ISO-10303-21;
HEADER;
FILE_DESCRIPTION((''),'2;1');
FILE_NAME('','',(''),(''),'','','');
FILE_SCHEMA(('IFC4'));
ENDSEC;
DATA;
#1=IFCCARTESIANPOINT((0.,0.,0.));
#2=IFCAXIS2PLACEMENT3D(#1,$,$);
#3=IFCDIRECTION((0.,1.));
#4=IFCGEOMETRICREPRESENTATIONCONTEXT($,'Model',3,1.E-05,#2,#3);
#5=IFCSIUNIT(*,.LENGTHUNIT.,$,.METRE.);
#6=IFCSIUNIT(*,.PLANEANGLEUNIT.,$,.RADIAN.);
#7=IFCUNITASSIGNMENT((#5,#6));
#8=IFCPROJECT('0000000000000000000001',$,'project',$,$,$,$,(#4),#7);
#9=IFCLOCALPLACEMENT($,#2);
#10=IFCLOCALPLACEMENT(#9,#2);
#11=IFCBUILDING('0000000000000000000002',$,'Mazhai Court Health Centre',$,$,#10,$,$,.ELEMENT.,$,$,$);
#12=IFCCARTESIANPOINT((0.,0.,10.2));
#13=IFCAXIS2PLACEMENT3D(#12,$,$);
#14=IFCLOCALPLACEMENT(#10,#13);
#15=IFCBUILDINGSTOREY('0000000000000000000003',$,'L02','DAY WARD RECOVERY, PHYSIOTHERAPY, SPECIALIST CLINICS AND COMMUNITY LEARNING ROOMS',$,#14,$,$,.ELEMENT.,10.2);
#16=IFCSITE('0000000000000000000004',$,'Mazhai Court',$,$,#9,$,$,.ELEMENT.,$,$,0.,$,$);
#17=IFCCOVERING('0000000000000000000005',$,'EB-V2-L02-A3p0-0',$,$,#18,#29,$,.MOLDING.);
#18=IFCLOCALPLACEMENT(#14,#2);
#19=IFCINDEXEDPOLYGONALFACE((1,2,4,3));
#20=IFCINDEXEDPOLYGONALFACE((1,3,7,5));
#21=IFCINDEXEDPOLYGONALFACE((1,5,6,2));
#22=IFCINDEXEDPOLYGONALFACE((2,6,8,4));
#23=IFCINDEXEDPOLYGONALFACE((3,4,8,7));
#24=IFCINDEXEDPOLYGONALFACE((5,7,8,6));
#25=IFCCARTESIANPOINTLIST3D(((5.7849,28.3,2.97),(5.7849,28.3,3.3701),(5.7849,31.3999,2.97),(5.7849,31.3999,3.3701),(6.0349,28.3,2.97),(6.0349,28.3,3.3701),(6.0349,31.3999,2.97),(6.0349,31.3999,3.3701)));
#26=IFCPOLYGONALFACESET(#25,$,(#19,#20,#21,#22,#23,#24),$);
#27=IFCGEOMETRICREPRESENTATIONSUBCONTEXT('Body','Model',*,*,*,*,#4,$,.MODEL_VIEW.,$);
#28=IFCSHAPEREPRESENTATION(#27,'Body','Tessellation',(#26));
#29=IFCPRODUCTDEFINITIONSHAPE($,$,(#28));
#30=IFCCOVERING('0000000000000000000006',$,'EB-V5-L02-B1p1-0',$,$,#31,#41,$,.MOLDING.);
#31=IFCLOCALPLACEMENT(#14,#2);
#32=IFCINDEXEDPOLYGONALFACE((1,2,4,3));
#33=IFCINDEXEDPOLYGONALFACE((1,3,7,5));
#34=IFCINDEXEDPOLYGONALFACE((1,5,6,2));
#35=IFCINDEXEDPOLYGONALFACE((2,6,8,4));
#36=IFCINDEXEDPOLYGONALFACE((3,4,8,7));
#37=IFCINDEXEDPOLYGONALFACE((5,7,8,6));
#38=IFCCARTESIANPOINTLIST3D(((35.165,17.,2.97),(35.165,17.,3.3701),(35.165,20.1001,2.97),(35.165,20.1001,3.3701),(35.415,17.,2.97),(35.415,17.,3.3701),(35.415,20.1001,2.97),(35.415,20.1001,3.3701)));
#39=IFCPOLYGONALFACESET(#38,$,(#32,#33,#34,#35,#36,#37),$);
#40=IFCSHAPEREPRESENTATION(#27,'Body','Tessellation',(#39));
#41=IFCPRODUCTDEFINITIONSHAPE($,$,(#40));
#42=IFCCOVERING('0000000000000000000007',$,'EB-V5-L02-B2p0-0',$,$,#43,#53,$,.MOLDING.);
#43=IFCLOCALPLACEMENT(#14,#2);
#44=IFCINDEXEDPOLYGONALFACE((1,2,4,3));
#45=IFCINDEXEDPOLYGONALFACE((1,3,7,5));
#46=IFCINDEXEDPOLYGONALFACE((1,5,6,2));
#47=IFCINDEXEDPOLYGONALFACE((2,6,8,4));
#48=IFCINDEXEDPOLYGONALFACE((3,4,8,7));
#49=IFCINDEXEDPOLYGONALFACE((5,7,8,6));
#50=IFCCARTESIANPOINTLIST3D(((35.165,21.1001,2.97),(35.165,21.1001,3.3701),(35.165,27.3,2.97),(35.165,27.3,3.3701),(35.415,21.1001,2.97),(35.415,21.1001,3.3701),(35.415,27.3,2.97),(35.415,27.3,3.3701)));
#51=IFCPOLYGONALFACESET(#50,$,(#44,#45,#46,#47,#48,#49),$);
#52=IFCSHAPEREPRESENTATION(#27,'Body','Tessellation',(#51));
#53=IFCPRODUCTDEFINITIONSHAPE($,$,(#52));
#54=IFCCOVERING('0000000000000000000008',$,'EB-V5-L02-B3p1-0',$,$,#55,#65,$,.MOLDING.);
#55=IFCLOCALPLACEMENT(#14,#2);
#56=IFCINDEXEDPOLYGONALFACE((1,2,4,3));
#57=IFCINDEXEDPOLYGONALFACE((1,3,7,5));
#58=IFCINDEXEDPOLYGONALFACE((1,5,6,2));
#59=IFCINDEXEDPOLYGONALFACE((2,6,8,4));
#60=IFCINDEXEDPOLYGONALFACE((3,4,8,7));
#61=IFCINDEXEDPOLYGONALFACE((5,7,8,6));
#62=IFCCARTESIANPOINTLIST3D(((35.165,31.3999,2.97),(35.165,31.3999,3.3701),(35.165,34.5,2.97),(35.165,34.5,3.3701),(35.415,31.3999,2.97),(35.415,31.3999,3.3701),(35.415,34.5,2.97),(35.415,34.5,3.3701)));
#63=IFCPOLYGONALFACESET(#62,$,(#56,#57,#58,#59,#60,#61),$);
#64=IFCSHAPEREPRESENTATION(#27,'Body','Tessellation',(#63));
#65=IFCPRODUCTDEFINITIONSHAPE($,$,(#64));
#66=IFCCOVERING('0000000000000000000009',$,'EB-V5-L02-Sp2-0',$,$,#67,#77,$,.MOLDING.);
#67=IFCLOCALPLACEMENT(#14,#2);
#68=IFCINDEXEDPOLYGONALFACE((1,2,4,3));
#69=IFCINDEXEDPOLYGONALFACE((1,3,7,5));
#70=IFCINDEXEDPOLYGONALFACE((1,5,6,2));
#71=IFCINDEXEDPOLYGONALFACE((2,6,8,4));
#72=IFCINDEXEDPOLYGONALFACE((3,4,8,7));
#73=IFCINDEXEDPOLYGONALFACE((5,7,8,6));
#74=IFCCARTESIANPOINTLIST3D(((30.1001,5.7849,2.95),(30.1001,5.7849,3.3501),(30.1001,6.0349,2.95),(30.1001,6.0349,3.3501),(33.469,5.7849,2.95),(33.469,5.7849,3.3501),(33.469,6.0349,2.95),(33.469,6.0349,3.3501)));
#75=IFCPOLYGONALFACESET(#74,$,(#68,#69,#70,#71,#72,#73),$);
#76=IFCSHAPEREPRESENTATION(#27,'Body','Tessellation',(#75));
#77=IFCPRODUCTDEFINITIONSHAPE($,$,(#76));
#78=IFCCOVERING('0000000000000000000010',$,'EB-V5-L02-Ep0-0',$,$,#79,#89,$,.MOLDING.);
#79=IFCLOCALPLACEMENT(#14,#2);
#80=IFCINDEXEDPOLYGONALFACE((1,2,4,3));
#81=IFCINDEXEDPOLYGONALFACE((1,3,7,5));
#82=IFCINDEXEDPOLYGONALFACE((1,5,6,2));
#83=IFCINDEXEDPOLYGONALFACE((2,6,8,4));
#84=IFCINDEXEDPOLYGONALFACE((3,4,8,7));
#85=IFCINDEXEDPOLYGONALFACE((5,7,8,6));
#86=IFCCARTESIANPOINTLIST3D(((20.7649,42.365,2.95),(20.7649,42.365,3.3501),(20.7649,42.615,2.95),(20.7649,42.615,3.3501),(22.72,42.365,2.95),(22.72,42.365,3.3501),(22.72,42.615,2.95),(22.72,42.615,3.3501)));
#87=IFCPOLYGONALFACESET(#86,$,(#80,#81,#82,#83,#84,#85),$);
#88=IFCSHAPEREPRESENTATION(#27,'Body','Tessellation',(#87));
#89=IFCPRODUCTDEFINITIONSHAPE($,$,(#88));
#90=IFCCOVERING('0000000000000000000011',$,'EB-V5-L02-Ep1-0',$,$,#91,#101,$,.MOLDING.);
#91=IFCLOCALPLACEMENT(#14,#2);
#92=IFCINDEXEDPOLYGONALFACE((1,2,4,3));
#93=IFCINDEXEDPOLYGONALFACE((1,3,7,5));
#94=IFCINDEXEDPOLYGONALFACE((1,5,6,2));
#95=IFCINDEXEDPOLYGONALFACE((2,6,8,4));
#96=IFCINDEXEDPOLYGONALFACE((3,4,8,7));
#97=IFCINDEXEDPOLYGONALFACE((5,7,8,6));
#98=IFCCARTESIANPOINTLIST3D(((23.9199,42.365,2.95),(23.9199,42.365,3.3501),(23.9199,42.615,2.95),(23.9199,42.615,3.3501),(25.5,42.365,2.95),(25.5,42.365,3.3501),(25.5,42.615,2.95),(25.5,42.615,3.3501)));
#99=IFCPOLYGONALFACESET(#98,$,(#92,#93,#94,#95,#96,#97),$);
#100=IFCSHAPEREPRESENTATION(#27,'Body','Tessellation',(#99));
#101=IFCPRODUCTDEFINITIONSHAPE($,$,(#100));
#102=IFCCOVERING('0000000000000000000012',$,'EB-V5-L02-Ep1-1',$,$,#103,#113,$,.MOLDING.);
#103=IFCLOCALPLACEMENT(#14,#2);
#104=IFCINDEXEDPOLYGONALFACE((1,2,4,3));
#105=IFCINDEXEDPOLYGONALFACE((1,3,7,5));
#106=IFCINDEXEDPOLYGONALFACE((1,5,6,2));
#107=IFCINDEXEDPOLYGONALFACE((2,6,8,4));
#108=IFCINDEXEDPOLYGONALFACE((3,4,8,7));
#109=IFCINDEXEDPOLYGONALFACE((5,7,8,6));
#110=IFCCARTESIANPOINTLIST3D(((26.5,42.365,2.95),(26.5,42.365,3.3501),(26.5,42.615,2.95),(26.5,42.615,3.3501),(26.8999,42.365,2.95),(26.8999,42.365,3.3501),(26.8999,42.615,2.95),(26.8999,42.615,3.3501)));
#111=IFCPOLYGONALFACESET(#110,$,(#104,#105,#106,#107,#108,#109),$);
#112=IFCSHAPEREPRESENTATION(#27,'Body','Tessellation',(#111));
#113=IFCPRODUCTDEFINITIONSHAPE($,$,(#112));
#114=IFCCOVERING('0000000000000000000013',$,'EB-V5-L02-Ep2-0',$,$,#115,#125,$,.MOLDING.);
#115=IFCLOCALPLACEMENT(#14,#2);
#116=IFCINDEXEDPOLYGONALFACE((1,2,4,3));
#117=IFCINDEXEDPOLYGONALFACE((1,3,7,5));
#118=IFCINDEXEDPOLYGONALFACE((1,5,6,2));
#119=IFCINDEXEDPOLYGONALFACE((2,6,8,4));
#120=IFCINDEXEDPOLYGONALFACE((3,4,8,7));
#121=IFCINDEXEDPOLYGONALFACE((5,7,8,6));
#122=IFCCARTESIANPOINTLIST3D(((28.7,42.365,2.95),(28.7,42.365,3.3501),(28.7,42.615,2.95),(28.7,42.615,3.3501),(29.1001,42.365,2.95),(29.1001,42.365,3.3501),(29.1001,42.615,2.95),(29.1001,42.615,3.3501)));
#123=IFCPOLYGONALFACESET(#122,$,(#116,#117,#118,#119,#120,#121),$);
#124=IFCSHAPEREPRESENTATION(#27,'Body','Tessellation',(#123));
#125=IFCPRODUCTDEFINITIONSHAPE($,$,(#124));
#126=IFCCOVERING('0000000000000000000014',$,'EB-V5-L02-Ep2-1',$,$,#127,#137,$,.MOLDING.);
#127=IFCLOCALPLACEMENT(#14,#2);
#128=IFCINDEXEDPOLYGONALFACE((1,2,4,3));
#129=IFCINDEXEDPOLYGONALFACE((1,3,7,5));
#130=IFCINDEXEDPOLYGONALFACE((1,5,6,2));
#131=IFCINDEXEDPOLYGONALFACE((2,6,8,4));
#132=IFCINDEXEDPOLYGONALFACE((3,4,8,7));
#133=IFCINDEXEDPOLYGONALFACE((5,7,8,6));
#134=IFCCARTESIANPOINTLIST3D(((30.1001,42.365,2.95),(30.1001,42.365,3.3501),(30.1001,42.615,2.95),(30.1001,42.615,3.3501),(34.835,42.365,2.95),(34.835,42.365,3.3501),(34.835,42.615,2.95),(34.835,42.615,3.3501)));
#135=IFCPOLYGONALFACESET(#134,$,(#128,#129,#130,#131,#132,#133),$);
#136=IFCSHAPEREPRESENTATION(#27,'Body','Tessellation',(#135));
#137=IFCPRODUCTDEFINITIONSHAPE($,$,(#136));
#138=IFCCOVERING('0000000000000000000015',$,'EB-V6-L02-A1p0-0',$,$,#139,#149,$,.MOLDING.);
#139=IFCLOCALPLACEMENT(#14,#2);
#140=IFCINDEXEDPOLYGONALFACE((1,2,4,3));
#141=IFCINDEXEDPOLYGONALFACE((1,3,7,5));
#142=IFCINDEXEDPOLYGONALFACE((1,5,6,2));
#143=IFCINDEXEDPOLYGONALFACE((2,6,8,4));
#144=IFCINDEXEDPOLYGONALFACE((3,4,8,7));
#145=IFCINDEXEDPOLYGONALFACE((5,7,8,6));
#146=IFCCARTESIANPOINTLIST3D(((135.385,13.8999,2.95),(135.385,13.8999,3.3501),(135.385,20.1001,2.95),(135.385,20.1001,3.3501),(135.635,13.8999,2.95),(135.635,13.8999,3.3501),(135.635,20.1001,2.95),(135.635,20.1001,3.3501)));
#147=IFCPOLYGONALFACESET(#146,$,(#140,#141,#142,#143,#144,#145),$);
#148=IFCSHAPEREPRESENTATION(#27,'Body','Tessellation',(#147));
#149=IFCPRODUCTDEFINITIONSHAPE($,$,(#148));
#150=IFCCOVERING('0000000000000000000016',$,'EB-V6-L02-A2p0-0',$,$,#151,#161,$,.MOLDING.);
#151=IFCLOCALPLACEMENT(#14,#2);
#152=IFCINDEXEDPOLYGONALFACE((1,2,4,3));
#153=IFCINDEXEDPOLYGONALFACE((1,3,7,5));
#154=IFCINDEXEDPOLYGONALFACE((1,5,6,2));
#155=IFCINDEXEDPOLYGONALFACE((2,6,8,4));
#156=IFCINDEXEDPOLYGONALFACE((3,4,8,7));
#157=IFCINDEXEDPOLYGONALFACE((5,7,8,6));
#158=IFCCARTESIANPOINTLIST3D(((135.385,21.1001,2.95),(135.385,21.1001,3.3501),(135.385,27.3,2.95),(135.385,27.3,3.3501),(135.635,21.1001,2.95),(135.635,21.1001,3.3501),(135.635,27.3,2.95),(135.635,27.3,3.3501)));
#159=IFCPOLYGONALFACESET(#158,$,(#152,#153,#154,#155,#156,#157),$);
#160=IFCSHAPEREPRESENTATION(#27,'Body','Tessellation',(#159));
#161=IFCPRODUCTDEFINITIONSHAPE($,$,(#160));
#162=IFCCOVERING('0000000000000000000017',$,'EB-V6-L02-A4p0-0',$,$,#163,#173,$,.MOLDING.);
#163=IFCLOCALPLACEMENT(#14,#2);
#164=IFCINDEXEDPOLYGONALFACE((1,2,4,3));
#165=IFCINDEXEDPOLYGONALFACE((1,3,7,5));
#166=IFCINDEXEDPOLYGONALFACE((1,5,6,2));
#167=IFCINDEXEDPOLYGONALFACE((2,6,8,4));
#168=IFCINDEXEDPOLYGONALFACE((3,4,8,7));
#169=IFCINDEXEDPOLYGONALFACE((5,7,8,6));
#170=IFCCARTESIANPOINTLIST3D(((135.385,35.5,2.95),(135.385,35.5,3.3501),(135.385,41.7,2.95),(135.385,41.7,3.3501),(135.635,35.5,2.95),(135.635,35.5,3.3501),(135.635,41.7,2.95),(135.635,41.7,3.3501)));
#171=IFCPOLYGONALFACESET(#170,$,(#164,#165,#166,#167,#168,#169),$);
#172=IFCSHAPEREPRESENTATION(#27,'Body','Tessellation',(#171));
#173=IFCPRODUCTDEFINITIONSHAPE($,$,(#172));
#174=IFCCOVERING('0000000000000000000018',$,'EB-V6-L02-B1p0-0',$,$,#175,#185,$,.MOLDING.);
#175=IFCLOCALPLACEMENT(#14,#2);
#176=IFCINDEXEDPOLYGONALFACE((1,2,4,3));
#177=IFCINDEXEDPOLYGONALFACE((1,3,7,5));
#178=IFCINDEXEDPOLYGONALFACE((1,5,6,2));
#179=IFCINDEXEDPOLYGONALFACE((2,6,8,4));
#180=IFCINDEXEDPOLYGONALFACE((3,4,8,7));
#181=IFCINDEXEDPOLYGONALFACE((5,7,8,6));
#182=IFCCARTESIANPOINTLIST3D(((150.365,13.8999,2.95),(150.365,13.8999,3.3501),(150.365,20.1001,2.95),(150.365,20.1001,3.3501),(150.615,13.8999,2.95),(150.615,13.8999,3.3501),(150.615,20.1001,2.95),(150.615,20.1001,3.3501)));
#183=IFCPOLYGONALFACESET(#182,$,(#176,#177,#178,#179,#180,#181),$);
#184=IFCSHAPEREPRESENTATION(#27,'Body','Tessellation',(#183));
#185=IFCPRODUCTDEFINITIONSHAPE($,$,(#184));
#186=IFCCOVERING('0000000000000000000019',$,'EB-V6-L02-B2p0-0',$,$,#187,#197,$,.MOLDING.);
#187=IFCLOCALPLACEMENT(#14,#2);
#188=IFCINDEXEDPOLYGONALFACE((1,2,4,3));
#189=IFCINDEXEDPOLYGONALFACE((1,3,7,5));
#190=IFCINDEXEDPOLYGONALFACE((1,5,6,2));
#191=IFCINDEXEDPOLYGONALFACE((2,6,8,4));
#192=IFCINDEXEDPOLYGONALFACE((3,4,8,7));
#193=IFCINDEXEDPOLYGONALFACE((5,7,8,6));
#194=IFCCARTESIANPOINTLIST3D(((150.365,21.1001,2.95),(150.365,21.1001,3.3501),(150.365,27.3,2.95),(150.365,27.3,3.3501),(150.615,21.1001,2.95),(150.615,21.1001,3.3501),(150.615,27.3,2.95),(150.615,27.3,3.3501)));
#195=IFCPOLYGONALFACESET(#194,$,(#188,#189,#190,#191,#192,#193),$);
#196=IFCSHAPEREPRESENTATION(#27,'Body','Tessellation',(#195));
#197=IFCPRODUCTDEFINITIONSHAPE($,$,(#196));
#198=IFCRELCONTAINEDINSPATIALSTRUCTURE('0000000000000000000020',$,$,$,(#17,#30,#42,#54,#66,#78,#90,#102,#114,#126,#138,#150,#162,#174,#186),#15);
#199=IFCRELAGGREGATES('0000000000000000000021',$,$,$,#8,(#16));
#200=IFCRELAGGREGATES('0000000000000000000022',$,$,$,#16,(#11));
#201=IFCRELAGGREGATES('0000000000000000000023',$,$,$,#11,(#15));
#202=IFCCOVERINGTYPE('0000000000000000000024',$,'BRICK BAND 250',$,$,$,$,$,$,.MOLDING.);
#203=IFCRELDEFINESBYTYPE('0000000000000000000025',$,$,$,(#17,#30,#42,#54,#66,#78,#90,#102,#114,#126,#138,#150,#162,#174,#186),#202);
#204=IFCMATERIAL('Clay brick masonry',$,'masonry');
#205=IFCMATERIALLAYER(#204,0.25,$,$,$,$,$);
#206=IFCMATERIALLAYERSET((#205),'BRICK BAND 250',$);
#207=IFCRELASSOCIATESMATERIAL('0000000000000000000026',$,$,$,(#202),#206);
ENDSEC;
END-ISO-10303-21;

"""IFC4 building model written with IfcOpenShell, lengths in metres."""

from ifc_helpers import new_model, si_unit, direction, frame, origin, place, context, subcontext, project, spatial, polyline, outline, extrude, material, layer, layer_set, type_object, element, save


model = new_model("IFC4")

# Units and contexts
model_context = context("Model", 3, precision=1e-05, world=origin(), true_north=direction((0.0, 1.0)))
body_context = subcontext(model_context, "Body", "Model", "MODEL_VIEW")
ifc_project = project(units=[si_unit("LENGTHUNIT", "METRE"), si_unit("PLANEANGLEUNIT", "RADIAN")], contexts=[model_context])

# Site, building, storey
site_placement = place(None, origin())
site = spatial("IfcSite", under=ifc_project, at=site_placement, Name="Mazhai Court", CompositionType="ELEMENT", RefElevation=0.0)
building_placement = place(site_placement, origin())
building = spatial("IfcBuilding", under=site, at=building_placement, Name="Mazhai Court Health Centre", CompositionType="ELEMENT")
storey_placement = place(building_placement, frame((0.0, 0.0, 10.2)))
storey = spatial("IfcBuildingStorey", under=building, at=storey_placement, Name="L02", Description="DAY WARD RECOVERY, PHYSIOTHERAPY, SPECIALIST CLINICS AND COMMUNITY LEARNING ROOMS", CompositionType="ELEMENT", Elevation=10.2)

# Coverings
ifc_material = material(Name="Clay brick masonry", Category="masonry")
ifc_layer = layer(ifc_material, 0.25)
ifc_layer_set = layer_set([ifc_layer], Name="BRICK BAND 250")
covering_type = type_object("IfcCoveringType", Name="BRICK BAND 250", PredefinedType="MOLDING", material=ifc_layer_set)
covering_1_placement = place(storey_placement, frame((0.0, 0.0, 2.97)))
element("IfcCovering", 1, at=covering_1_placement, inside=storey, type_object=covering_type, Name="EB-V2-L02-A3p0-0", PredefinedType="MOLDING", context=body_context, shape_type="SweptSolid", body=[
    extrude(outline(polyline([(6.0349, 28.3), (6.0349, 31.3999), (5.7849, 31.3999), (5.7849, 28.3), (6.0349, 28.3)])), origin(), (0.0, 0.0, 1.0), 0.4001),
])
covering_2_placement = place(storey_placement, frame((0.0, 0.0, 2.97)))
element("IfcCovering", 2, at=covering_2_placement, inside=storey, type_object=covering_type, Name="EB-V5-L02-B1p1-0", PredefinedType="MOLDING", context=body_context, shape_type="SweptSolid", body=[
    extrude(outline(polyline([(35.165, 20.1001), (35.165, 17.0), (35.415, 17.0), (35.415, 20.1001), (35.165, 20.1001)])), origin(), (0.0, 0.0, 1.0), 0.4001),
])
covering_3_placement = place(storey_placement, frame((0.0, 0.0, 2.97)))
element("IfcCovering", 3, at=covering_3_placement, inside=storey, type_object=covering_type, Name="EB-V5-L02-B2p0-0", PredefinedType="MOLDING", context=body_context, shape_type="SweptSolid", body=[
    extrude(outline(polyline([(35.165, 27.3), (35.165, 21.1001), (35.415, 21.1001), (35.415, 27.3), (35.165, 27.3)])), origin(), (0.0, 0.0, 1.0), 0.4001),
])
covering_4_placement = place(storey_placement, frame((0.0, 0.0, 2.97)))
element("IfcCovering", 4, at=covering_4_placement, inside=storey, type_object=covering_type, Name="EB-V5-L02-B3p1-0", PredefinedType="MOLDING", context=body_context, shape_type="SweptSolid", body=[
    extrude(outline(polyline([(35.165, 34.5), (35.165, 31.3999), (35.415, 31.3999), (35.415, 34.5), (35.165, 34.5)])), origin(), (0.0, 0.0, 1.0), 0.4001),
])
covering_5_placement = place(storey_placement, frame((0.0, 0.0, 2.95)))
element("IfcCovering", 5, at=covering_5_placement, inside=storey, type_object=covering_type, Name="EB-V5-L02-Sp2-0", PredefinedType="MOLDING", context=body_context, shape_type="SweptSolid", body=[
    extrude(outline(polyline([(33.469, 6.0349), (30.1001, 6.0349), (30.1001, 5.7849), (33.469, 5.7849), (33.469, 6.0349)])), origin(), (0.0, 0.0, 1.0), 0.4001),
])
covering_6_placement = place(storey_placement, frame((0.0, 0.0, 2.95)))
element("IfcCovering", 6, at=covering_6_placement, inside=storey, type_object=covering_type, Name="EB-V5-L02-Ep0-0", PredefinedType="MOLDING", context=body_context, shape_type="SweptSolid", body=[
    extrude(outline(polyline([(20.7649, 42.365), (22.72, 42.365), (22.72, 42.615), (20.7649, 42.615), (20.7649, 42.365)])), origin(), (0.0, 0.0, 1.0), 0.4001),
])
covering_7_placement = place(storey_placement, frame((0.0, 0.0, 2.95)))
element("IfcCovering", 7, at=covering_7_placement, inside=storey, type_object=covering_type, Name="EB-V5-L02-Ep1-0", PredefinedType="MOLDING", context=body_context, shape_type="SweptSolid", body=[
    extrude(outline(polyline([(23.9199, 42.365), (25.5, 42.365), (25.5, 42.615), (23.9199, 42.615), (23.9199, 42.365)])), origin(), (0.0, 0.0, 1.0), 0.4001),
])
covering_8_placement = place(storey_placement, frame((0.0, 0.0, 2.95)))
element("IfcCovering", 8, at=covering_8_placement, inside=storey, type_object=covering_type, Name="EB-V5-L02-Ep1-1", PredefinedType="MOLDING", context=body_context, shape_type="SweptSolid", body=[
    extrude(outline(polyline([(26.5, 42.365), (26.8999, 42.365), (26.8999, 42.615), (26.5, 42.615), (26.5, 42.365)])), origin(), (0.0, 0.0, 1.0), 0.4001),
])
covering_9_placement = place(storey_placement, frame((0.0, 0.0, 2.95)))
element("IfcCovering", 9, at=covering_9_placement, inside=storey, type_object=covering_type, Name="EB-V5-L02-Ep2-0", PredefinedType="MOLDING", context=body_context, shape_type="SweptSolid", body=[
    extrude(outline(polyline([(28.7, 42.365), (29.1001, 42.365), (29.1001, 42.615), (28.7, 42.615), (28.7, 42.365)])), origin(), (0.0, 0.0, 1.0), 0.4001),
])
covering_10_placement = place(storey_placement, frame((0.0, 0.0, 2.95)))
element("IfcCovering", 10, at=covering_10_placement, inside=storey, type_object=covering_type, Name="EB-V5-L02-Ep2-1", PredefinedType="MOLDING", context=body_context, shape_type="SweptSolid", body=[
    extrude(outline(polyline([(30.1001, 42.365), (34.835, 42.365), (34.835, 42.615), (30.1001, 42.615), (30.1001, 42.365)])), origin(), (0.0, 0.0, 1.0), 0.4001),
])
covering_11_placement = place(storey_placement, frame((0.0, 0.0, 2.95)))
element("IfcCovering", 11, at=covering_11_placement, inside=storey, type_object=covering_type, Name="EB-V6-L02-A1p0-0", PredefinedType="MOLDING", context=body_context, shape_type="SweptSolid", body=[
    extrude(outline(polyline([(135.635, 13.8999), (135.635, 20.1001), (135.385, 20.1001), (135.385, 13.8999), (135.635, 13.8999)])), origin(), (0.0, 0.0, 1.0), 0.4001),
])
covering_12_placement = place(storey_placement, frame((0.0, 0.0, 2.95)))
element("IfcCovering", 12, at=covering_12_placement, inside=storey, type_object=covering_type, Name="EB-V6-L02-A2p0-0", PredefinedType="MOLDING", context=body_context, shape_type="SweptSolid", body=[
    extrude(outline(polyline([(135.635, 21.1001), (135.635, 27.3), (135.385, 27.3), (135.385, 21.1001), (135.635, 21.1001)])), origin(), (0.0, 0.0, 1.0), 0.4001),
])
covering_13_placement = place(storey_placement, frame((0.0, 0.0, 2.95)))
element("IfcCovering", 13, at=covering_13_placement, inside=storey, type_object=covering_type, Name="EB-V6-L02-A4p0-0", PredefinedType="MOLDING", context=body_context, shape_type="SweptSolid", body=[
    extrude(outline(polyline([(135.635, 35.5), (135.635, 41.7), (135.385, 41.7), (135.385, 35.5), (135.635, 35.5)])), origin(), (0.0, 0.0, 1.0), 0.4001),
])
covering_14_placement = place(storey_placement, frame((0.0, 0.0, 2.95)))
element("IfcCovering", 14, at=covering_14_placement, inside=storey, type_object=covering_type, Name="EB-V6-L02-B1p0-0", PredefinedType="MOLDING", context=body_context, shape_type="SweptSolid", body=[
    extrude(outline(polyline([(150.365, 20.1001), (150.365, 13.8999), (150.615, 13.8999), (150.615, 20.1001), (150.365, 20.1001)])), origin(), (0.0, 0.0, 1.0), 0.4001),
])
covering_15_placement = place(storey_placement, frame((0.0, 0.0, 2.95)))
element("IfcCovering", 15, at=covering_15_placement, inside=storey, type_object=covering_type, Name="EB-V6-L02-B2p0-0", PredefinedType="MOLDING", context=body_context, shape_type="SweptSolid", body=[
    extrude(outline(polyline([(150.365, 27.3), (150.365, 21.1001), (150.615, 21.1001), (150.615, 27.3), (150.365, 27.3)])), origin(), (0.0, 0.0, 1.0), 0.4001),
])

save(model, "model.ifc")
